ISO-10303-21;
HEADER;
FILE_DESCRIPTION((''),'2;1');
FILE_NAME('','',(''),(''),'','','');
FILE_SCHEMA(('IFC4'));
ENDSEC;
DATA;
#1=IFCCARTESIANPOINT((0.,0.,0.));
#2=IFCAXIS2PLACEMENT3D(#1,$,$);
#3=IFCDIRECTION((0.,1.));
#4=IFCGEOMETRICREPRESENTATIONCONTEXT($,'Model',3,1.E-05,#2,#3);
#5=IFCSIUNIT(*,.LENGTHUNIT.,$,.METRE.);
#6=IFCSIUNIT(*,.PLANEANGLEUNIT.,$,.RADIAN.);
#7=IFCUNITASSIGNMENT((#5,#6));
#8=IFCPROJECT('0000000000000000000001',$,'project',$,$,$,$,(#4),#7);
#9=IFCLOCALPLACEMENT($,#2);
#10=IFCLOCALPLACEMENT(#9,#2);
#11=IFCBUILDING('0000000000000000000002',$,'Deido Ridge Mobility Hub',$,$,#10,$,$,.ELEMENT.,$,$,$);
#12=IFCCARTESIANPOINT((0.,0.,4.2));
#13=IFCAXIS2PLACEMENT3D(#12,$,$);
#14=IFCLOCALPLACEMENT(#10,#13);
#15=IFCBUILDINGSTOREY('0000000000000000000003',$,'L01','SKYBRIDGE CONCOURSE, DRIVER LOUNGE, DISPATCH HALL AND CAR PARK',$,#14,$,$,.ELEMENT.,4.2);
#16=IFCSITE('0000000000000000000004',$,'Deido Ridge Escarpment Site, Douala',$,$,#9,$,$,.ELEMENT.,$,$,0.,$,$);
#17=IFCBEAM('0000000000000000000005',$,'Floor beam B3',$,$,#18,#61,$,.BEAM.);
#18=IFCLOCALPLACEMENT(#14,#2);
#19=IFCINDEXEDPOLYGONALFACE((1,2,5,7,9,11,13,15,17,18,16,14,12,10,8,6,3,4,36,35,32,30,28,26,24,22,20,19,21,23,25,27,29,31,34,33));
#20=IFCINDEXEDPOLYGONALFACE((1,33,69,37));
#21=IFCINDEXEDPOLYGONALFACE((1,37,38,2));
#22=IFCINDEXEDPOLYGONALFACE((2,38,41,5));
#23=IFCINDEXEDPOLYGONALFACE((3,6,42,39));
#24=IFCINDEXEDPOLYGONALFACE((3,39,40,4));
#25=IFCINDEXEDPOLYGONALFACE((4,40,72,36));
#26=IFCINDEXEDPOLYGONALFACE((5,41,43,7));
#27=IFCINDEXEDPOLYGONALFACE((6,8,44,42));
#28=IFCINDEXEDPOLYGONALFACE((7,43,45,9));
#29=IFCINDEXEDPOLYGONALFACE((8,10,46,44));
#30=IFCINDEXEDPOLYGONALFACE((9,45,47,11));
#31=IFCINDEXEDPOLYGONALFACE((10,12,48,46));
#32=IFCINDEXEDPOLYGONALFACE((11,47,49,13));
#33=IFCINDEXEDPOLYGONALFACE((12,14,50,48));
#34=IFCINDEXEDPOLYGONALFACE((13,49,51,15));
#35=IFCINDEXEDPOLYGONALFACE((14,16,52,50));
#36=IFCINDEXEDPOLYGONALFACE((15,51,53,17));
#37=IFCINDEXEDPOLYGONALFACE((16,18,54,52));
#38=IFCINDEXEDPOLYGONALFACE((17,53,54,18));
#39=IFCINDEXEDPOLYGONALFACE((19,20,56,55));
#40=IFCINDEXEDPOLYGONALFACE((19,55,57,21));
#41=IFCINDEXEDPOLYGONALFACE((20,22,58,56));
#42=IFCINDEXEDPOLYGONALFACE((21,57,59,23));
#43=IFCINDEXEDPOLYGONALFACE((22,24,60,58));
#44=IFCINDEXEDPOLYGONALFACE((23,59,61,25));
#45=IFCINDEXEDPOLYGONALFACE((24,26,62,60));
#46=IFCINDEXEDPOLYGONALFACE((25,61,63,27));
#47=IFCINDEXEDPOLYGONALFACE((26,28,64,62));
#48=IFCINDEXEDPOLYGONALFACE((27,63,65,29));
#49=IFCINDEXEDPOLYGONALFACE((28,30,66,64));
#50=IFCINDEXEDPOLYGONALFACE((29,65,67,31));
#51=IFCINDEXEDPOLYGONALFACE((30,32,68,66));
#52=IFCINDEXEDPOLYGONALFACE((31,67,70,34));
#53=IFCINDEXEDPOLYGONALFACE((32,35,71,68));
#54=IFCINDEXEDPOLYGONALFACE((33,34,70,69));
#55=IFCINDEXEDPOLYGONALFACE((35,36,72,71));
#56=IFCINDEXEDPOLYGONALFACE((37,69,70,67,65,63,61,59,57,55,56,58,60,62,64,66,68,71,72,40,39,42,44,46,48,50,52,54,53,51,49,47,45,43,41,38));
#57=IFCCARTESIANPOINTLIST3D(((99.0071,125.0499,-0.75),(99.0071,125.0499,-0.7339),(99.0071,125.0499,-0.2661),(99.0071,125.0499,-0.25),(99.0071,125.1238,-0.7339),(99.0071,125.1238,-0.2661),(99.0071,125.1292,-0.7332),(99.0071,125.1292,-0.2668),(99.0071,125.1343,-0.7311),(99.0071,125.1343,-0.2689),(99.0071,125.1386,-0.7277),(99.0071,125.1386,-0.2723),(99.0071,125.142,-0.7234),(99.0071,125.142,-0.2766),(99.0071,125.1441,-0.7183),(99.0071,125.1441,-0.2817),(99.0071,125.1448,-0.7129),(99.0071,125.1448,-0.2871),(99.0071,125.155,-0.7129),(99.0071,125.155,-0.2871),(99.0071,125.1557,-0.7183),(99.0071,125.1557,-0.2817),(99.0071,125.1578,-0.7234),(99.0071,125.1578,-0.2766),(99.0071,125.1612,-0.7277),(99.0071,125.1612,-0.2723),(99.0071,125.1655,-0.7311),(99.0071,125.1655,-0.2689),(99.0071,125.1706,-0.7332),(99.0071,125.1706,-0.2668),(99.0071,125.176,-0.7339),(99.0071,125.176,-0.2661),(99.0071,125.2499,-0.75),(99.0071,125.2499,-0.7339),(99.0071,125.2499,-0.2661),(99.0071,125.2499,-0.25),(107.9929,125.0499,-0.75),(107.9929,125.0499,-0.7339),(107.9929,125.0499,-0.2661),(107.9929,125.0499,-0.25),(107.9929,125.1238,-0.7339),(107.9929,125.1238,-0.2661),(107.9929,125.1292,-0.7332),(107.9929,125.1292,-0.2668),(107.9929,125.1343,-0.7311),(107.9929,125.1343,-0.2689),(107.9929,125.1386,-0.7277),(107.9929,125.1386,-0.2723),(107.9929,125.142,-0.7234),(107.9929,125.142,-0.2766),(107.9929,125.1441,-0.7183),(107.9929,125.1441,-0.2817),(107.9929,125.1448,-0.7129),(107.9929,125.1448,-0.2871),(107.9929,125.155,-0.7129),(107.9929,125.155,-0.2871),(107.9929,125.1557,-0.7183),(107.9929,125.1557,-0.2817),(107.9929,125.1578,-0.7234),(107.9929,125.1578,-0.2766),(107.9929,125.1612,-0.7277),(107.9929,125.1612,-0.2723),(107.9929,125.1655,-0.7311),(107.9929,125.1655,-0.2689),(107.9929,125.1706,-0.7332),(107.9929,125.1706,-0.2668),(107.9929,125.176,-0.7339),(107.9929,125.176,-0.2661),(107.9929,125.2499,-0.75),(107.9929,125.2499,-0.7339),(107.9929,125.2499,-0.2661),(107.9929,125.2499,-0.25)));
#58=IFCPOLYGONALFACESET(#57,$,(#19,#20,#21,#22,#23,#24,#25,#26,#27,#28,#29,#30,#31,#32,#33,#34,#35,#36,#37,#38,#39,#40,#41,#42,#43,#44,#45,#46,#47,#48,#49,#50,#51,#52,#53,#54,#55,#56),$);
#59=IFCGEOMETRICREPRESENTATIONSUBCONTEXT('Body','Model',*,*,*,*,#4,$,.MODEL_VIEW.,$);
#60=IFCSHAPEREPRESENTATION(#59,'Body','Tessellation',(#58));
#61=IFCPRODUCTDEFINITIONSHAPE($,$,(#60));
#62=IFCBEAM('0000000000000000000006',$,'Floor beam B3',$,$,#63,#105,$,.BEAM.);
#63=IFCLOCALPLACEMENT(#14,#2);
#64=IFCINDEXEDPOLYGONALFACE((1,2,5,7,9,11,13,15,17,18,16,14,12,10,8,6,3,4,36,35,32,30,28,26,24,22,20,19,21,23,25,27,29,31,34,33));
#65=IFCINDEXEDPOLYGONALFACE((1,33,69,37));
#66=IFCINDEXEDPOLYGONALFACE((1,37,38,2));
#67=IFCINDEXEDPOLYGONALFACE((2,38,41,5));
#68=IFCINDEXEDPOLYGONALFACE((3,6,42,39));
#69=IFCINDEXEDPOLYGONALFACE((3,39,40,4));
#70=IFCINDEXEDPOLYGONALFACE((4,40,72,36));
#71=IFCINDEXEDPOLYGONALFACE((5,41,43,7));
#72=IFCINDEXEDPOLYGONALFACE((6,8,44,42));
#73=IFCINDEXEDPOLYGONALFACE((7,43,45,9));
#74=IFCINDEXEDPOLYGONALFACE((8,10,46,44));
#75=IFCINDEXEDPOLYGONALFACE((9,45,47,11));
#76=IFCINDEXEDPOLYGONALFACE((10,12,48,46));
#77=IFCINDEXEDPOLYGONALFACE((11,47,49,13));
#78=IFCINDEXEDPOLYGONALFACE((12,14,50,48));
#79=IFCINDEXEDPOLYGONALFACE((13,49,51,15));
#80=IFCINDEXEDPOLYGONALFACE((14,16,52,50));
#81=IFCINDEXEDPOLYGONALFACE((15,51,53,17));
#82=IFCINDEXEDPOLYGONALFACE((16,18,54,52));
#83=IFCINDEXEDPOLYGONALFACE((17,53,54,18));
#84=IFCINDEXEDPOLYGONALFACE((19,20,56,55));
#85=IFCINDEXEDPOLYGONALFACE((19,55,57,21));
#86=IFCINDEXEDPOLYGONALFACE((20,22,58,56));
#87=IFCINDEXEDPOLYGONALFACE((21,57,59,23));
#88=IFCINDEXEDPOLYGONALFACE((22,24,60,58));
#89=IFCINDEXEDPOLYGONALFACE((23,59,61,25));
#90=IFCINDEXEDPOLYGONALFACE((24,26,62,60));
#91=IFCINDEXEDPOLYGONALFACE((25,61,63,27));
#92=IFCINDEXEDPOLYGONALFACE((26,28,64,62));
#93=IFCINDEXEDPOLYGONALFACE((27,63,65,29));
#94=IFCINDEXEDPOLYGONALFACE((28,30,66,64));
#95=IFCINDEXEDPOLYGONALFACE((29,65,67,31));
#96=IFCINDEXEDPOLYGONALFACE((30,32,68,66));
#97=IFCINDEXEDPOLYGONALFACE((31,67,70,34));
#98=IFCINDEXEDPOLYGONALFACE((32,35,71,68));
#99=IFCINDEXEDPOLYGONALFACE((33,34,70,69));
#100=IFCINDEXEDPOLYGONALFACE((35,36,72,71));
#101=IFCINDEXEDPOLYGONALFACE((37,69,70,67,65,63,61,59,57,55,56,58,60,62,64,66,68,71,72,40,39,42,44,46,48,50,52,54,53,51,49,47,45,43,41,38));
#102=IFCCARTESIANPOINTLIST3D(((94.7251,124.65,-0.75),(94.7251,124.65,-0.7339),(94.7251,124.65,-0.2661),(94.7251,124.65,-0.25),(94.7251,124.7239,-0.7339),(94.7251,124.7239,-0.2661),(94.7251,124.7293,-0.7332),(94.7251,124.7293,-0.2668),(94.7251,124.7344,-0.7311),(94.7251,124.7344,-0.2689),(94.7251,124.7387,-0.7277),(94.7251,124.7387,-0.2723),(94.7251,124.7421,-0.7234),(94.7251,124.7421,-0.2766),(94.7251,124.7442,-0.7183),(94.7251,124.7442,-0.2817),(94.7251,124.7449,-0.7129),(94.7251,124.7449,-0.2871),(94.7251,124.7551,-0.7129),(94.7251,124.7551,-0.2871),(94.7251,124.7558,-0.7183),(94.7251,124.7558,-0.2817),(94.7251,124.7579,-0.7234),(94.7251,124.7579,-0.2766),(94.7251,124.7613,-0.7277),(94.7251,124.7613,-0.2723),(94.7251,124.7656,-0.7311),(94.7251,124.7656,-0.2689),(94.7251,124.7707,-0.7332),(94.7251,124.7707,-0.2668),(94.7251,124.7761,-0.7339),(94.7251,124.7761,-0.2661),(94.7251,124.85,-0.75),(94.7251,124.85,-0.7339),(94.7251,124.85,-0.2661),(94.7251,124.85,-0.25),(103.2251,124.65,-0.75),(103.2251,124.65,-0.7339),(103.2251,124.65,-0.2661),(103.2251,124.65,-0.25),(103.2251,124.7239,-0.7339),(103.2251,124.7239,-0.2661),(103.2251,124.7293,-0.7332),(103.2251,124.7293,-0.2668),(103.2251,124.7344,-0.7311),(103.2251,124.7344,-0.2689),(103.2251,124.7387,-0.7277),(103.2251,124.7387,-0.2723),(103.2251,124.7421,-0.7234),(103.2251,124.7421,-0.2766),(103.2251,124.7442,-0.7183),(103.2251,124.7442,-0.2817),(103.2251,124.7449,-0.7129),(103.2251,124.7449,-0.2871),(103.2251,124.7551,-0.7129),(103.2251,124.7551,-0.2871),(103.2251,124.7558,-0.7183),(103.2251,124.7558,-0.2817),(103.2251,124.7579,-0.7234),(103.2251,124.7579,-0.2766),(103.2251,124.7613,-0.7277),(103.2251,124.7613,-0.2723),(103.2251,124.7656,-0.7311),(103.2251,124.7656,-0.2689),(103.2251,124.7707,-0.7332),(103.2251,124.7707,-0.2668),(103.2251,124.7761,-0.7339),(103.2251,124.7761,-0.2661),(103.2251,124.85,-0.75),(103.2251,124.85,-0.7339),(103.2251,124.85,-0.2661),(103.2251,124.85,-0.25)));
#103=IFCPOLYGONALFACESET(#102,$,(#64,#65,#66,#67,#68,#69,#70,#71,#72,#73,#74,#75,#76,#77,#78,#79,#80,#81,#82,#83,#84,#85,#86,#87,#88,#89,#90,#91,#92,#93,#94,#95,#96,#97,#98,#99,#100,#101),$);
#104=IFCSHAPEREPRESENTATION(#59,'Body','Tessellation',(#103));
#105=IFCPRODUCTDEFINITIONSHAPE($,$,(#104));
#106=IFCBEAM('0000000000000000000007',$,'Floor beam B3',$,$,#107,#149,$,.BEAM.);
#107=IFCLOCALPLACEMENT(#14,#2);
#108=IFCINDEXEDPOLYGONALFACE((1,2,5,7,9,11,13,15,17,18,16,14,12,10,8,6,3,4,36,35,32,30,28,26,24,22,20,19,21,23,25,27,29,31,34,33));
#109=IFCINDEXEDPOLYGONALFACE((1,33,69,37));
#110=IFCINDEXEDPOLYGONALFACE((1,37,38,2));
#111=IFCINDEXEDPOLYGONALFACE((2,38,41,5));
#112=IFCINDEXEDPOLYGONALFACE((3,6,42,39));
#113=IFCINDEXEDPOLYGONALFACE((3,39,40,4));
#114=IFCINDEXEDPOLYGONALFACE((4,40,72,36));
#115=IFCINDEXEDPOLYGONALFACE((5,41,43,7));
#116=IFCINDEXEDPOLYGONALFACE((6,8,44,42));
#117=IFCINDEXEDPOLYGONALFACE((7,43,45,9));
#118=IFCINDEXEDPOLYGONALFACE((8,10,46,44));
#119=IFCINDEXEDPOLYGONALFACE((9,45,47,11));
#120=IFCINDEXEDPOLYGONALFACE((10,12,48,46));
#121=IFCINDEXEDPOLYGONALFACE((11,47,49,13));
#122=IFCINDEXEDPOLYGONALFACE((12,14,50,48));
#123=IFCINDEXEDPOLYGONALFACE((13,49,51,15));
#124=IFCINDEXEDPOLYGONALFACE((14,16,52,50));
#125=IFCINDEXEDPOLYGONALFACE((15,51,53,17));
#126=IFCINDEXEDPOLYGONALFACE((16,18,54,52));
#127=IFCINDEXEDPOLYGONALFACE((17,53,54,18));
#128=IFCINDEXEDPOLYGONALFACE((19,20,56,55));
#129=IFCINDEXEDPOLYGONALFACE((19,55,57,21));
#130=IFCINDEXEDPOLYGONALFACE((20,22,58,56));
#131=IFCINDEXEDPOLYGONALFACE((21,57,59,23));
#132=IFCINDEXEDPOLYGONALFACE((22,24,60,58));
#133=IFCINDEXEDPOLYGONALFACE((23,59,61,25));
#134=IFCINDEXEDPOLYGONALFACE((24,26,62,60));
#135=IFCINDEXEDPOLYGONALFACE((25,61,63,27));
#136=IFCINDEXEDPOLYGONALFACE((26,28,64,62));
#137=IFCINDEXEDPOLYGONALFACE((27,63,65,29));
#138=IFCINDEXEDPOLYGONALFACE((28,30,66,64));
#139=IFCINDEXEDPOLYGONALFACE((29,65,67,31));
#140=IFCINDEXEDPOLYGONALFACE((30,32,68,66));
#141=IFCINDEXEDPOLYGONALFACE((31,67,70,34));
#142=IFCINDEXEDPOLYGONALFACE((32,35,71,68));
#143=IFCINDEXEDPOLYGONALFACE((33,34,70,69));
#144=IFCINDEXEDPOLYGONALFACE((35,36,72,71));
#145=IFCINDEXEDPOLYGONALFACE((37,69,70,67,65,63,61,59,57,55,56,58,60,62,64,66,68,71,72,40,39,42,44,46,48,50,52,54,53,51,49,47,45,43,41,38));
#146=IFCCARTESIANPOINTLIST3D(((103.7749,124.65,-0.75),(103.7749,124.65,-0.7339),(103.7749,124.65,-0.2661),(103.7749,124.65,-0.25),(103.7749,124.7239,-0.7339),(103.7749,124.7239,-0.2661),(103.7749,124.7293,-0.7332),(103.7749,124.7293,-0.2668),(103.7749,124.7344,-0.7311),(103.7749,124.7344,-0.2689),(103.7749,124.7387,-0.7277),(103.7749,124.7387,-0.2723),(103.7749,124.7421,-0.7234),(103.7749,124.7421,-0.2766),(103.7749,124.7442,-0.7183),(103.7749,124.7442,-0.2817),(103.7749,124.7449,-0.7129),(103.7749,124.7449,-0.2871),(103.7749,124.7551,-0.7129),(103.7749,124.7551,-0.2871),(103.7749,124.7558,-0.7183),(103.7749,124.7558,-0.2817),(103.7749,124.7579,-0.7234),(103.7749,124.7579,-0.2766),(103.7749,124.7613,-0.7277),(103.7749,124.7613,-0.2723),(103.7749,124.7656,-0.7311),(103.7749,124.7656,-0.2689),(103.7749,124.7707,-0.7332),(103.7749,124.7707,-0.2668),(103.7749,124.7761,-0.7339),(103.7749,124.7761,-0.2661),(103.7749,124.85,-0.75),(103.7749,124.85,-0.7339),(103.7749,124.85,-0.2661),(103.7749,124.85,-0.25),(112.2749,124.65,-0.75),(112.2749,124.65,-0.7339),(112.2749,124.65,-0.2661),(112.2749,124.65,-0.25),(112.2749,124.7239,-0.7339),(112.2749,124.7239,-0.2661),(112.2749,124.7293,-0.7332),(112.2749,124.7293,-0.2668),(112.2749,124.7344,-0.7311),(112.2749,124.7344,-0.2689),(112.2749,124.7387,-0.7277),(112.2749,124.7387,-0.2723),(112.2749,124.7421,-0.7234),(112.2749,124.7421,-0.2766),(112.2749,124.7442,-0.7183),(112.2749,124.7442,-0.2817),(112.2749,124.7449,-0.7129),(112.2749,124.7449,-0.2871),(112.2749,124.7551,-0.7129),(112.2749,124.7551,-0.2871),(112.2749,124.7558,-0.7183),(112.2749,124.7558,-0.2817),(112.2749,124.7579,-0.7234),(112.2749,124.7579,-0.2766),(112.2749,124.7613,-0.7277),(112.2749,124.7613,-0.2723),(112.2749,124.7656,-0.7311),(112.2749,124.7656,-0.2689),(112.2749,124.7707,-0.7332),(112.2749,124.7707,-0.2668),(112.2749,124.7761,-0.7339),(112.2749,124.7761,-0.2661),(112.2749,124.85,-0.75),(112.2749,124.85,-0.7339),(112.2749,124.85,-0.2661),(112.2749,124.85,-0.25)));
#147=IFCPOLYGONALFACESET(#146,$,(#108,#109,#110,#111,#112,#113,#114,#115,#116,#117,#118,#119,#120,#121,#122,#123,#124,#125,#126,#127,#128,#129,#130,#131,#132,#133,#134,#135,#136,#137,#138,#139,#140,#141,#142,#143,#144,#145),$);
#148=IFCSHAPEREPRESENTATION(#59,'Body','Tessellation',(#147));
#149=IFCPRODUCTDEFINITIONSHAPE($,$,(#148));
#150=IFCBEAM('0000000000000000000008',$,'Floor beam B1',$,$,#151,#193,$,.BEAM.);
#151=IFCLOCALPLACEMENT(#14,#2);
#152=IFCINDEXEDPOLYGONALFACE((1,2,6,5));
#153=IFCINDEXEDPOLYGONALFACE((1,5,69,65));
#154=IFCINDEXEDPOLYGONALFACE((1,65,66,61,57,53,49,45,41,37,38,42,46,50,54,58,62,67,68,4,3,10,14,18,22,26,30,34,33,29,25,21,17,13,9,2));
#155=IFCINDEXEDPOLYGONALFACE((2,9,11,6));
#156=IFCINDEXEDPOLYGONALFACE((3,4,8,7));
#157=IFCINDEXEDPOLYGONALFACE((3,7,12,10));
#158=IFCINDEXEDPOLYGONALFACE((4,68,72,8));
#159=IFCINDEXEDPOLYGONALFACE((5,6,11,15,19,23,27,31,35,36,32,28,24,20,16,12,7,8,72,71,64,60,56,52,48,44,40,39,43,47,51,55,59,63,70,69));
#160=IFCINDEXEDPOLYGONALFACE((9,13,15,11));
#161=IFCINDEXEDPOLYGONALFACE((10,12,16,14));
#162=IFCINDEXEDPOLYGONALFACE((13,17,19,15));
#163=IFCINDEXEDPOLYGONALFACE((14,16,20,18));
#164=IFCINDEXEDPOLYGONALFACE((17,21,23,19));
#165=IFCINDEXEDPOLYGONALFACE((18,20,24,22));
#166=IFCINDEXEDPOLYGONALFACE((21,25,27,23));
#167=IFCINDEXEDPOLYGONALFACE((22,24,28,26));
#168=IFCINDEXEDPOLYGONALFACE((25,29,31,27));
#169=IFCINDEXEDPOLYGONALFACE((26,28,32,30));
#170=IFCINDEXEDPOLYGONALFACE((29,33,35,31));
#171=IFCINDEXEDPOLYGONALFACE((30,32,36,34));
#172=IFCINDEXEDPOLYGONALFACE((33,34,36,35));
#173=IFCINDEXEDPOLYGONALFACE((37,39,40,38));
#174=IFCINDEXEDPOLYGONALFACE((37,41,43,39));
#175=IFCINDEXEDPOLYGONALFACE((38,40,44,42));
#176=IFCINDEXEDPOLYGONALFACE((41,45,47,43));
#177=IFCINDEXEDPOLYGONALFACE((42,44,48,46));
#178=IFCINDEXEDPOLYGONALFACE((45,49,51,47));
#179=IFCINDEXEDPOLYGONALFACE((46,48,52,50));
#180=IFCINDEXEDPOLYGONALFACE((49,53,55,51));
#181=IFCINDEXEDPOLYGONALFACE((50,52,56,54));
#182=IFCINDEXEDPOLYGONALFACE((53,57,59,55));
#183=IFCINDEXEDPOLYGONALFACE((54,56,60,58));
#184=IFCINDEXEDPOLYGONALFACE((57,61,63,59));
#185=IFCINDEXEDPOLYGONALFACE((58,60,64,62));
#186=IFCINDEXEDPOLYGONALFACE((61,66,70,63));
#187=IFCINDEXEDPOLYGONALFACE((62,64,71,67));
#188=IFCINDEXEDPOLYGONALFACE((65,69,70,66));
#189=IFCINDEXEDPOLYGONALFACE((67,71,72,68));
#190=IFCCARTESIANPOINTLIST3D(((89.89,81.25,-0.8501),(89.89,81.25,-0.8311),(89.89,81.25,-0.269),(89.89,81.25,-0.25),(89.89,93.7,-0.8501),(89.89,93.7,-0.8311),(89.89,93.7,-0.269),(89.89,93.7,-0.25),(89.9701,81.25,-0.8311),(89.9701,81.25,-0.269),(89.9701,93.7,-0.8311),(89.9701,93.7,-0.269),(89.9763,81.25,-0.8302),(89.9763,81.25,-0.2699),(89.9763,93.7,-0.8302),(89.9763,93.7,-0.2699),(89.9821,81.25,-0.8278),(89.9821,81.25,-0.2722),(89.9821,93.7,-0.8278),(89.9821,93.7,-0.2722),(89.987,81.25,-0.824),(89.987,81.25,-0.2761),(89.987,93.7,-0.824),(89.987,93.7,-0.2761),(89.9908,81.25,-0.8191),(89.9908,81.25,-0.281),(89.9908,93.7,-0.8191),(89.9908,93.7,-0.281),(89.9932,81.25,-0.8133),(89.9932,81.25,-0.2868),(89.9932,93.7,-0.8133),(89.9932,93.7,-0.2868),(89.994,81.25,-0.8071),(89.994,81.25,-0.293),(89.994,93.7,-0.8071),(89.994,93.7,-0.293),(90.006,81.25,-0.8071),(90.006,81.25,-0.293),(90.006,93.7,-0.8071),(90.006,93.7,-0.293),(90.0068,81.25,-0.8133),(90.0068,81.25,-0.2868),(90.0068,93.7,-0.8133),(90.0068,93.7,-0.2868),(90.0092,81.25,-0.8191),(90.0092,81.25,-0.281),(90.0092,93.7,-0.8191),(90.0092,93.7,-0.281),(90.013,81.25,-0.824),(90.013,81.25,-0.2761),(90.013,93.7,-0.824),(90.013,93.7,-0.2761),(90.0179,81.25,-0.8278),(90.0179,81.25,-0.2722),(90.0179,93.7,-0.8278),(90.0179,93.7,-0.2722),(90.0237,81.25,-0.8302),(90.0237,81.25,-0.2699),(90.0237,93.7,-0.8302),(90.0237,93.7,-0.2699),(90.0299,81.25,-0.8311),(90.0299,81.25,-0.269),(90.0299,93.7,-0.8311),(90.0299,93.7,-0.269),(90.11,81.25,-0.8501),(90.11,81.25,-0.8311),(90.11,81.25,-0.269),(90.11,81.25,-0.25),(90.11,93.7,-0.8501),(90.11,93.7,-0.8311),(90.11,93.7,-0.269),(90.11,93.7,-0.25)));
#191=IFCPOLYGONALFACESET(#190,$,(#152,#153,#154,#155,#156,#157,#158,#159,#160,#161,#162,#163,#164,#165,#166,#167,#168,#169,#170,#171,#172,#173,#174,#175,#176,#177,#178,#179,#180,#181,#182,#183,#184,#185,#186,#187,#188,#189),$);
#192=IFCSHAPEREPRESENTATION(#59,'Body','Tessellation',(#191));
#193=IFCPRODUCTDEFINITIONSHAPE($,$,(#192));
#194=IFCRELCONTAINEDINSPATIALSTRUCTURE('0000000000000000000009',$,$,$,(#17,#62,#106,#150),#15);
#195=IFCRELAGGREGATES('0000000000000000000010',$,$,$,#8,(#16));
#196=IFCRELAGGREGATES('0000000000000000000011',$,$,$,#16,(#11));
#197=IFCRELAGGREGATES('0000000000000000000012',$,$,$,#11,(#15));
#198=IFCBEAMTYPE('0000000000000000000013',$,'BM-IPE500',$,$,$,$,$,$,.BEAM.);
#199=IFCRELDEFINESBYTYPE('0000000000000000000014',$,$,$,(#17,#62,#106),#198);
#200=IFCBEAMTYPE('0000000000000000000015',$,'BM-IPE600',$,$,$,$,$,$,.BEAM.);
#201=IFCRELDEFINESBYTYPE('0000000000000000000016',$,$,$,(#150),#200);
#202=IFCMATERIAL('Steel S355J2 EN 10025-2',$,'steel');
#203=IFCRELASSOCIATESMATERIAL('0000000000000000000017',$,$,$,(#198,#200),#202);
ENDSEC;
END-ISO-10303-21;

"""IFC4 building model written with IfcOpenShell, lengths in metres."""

from ifc_helpers import new_model, si_unit, direction, frame, origin, origin_2d, place, context, subcontext, project, spatial, i_section, extrude, material, material_profile, profile_set, type_object, element, save


model = new_model("IFC4")

# Units and contexts
model_context = context("Model", 3, precision=1e-05, world=origin(), true_north=direction((0.0, 1.0)))
body_context = subcontext(model_context, "Body", "Model", "MODEL_VIEW")
ifc_project = project(units=[si_unit("LENGTHUNIT", "METRE"), si_unit("PLANEANGLEUNIT", "RADIAN")], contexts=[model_context])

# Site, building, storey
site_placement = place(None, origin())
site = spatial("IfcSite", under=ifc_project, at=site_placement, Name="Deido Ridge Escarpment Site, Douala", CompositionType="ELEMENT", RefElevation=0.0)
building_placement = place(site_placement, origin())
building = spatial("IfcBuilding", under=site, at=building_placement, Name="Deido Ridge Mobility Hub", CompositionType="ELEMENT")
storey_placement = place(building_placement, frame((0.0, 0.0, 4.2)))
storey = spatial("IfcBuildingStorey", under=building, at=storey_placement, Name="L01", Description="SKYBRIDGE CONCOURSE, DRIVER LOUNGE, DISPATCH HALL AND CAR PARK", CompositionType="ELEMENT", Elevation=4.2)

# Shared definitions
ifc_material_1 = material(Name="Steel S355J2 EN 10025-2", Category="steel")

# Beams
ifc_material_profile_1 = material_profile(ifc_material_1, i_section(OverallWidth=0.2, OverallDepth=0.5, WebThickness=0.0103, FlangeThickness=0.0161, FilletRadius=0.021, at=origin_2d()), Name="IPE 500")
ifc_profile_set_1 = profile_set([ifc_material_profile_1], Name="Steel S355J2 EN 10025-2")
beam_type_1 = type_object("IfcBeamType", Name="BM-IPE500", PredefinedType="BEAM", material=ifc_profile_set_1)
for number, where, z_axis, x_axis, name in (
    (1, (99.0071, 125.1499, -0.5), (1.0, 0.0, 0.0), (0.0, 1.0, 0.0), "Floor beam B3"),
):
    element("IfcBeam", number, at=place(storey_placement, frame(where, z_axis=z_axis, x_axis=x_axis)), inside=storey, type_object=beam_type_1, Name=name, PredefinedType="BEAM", context=body_context, shape_type="SweptSolid", body=[
        extrude(i_section(OverallWidth=0.2, OverallDepth=0.5, WebThickness=0.0103, FlangeThickness=0.0161, FilletRadius=0.021, at=origin_2d()), origin(), (0.0, 0.0, 1.0), 8.9858),
    ])
for number, where, z_axis, x_axis, name in (
    (2, (94.7251, 124.75, -0.5), (1.0, 0.0, 0.0), (0.0, 1.0, 0.0), "Floor beam B3"),
    (3, (103.7749, 124.75, -0.5), (1.0, 0.0, 0.0), (0.0, 1.0, 0.0), "Floor beam B3"),
):
    element("IfcBeam", number, at=place(storey_placement, frame(where, z_axis=z_axis, x_axis=x_axis)), inside=storey, type_object=beam_type_1, Name=name, PredefinedType="BEAM", context=body_context, shape_type="SweptSolid", body=[
        extrude(i_section(OverallWidth=0.2, OverallDepth=0.5, WebThickness=0.0103, FlangeThickness=0.0161, FilletRadius=0.021, at=origin_2d()), origin(), (0.0, 0.0, 1.0), 8.5),
    ])
ifc_material_profile_2 = material_profile(ifc_material_1, i_section(OverallWidth=0.22, OverallDepth=0.6001, WebThickness=0.012, FlangeThickness=0.019, FilletRadius=0.0239, at=origin_2d()), Name="IPE 600")
ifc_profile_set_2 = profile_set([ifc_material_profile_2], Name="Steel S355J2 EN 10025-2")
beam_type_2 = type_object("IfcBeamType", Name="BM-IPE600", PredefinedType="BEAM", material=ifc_profile_set_2)
beam_1_placement = place(storey_placement, frame((90.0, 81.25, -0.55), z_axis=(0.0, 1.0, 0.0), x_axis=(-1.0, 0.0, 0.0)))
element("IfcBeam", 4, at=beam_1_placement, inside=storey, type_object=beam_type_2, Name="Floor beam B1", PredefinedType="BEAM", context=body_context, shape_type="SweptSolid", body=[
    extrude(i_section(OverallWidth=0.22, OverallDepth=0.6001, WebThickness=0.012, FlangeThickness=0.019, FilletRadius=0.0239, at=origin_2d()), origin(), (0.0, 0.0, 1.0), 12.45),
])

save(model, "model.ifc")
